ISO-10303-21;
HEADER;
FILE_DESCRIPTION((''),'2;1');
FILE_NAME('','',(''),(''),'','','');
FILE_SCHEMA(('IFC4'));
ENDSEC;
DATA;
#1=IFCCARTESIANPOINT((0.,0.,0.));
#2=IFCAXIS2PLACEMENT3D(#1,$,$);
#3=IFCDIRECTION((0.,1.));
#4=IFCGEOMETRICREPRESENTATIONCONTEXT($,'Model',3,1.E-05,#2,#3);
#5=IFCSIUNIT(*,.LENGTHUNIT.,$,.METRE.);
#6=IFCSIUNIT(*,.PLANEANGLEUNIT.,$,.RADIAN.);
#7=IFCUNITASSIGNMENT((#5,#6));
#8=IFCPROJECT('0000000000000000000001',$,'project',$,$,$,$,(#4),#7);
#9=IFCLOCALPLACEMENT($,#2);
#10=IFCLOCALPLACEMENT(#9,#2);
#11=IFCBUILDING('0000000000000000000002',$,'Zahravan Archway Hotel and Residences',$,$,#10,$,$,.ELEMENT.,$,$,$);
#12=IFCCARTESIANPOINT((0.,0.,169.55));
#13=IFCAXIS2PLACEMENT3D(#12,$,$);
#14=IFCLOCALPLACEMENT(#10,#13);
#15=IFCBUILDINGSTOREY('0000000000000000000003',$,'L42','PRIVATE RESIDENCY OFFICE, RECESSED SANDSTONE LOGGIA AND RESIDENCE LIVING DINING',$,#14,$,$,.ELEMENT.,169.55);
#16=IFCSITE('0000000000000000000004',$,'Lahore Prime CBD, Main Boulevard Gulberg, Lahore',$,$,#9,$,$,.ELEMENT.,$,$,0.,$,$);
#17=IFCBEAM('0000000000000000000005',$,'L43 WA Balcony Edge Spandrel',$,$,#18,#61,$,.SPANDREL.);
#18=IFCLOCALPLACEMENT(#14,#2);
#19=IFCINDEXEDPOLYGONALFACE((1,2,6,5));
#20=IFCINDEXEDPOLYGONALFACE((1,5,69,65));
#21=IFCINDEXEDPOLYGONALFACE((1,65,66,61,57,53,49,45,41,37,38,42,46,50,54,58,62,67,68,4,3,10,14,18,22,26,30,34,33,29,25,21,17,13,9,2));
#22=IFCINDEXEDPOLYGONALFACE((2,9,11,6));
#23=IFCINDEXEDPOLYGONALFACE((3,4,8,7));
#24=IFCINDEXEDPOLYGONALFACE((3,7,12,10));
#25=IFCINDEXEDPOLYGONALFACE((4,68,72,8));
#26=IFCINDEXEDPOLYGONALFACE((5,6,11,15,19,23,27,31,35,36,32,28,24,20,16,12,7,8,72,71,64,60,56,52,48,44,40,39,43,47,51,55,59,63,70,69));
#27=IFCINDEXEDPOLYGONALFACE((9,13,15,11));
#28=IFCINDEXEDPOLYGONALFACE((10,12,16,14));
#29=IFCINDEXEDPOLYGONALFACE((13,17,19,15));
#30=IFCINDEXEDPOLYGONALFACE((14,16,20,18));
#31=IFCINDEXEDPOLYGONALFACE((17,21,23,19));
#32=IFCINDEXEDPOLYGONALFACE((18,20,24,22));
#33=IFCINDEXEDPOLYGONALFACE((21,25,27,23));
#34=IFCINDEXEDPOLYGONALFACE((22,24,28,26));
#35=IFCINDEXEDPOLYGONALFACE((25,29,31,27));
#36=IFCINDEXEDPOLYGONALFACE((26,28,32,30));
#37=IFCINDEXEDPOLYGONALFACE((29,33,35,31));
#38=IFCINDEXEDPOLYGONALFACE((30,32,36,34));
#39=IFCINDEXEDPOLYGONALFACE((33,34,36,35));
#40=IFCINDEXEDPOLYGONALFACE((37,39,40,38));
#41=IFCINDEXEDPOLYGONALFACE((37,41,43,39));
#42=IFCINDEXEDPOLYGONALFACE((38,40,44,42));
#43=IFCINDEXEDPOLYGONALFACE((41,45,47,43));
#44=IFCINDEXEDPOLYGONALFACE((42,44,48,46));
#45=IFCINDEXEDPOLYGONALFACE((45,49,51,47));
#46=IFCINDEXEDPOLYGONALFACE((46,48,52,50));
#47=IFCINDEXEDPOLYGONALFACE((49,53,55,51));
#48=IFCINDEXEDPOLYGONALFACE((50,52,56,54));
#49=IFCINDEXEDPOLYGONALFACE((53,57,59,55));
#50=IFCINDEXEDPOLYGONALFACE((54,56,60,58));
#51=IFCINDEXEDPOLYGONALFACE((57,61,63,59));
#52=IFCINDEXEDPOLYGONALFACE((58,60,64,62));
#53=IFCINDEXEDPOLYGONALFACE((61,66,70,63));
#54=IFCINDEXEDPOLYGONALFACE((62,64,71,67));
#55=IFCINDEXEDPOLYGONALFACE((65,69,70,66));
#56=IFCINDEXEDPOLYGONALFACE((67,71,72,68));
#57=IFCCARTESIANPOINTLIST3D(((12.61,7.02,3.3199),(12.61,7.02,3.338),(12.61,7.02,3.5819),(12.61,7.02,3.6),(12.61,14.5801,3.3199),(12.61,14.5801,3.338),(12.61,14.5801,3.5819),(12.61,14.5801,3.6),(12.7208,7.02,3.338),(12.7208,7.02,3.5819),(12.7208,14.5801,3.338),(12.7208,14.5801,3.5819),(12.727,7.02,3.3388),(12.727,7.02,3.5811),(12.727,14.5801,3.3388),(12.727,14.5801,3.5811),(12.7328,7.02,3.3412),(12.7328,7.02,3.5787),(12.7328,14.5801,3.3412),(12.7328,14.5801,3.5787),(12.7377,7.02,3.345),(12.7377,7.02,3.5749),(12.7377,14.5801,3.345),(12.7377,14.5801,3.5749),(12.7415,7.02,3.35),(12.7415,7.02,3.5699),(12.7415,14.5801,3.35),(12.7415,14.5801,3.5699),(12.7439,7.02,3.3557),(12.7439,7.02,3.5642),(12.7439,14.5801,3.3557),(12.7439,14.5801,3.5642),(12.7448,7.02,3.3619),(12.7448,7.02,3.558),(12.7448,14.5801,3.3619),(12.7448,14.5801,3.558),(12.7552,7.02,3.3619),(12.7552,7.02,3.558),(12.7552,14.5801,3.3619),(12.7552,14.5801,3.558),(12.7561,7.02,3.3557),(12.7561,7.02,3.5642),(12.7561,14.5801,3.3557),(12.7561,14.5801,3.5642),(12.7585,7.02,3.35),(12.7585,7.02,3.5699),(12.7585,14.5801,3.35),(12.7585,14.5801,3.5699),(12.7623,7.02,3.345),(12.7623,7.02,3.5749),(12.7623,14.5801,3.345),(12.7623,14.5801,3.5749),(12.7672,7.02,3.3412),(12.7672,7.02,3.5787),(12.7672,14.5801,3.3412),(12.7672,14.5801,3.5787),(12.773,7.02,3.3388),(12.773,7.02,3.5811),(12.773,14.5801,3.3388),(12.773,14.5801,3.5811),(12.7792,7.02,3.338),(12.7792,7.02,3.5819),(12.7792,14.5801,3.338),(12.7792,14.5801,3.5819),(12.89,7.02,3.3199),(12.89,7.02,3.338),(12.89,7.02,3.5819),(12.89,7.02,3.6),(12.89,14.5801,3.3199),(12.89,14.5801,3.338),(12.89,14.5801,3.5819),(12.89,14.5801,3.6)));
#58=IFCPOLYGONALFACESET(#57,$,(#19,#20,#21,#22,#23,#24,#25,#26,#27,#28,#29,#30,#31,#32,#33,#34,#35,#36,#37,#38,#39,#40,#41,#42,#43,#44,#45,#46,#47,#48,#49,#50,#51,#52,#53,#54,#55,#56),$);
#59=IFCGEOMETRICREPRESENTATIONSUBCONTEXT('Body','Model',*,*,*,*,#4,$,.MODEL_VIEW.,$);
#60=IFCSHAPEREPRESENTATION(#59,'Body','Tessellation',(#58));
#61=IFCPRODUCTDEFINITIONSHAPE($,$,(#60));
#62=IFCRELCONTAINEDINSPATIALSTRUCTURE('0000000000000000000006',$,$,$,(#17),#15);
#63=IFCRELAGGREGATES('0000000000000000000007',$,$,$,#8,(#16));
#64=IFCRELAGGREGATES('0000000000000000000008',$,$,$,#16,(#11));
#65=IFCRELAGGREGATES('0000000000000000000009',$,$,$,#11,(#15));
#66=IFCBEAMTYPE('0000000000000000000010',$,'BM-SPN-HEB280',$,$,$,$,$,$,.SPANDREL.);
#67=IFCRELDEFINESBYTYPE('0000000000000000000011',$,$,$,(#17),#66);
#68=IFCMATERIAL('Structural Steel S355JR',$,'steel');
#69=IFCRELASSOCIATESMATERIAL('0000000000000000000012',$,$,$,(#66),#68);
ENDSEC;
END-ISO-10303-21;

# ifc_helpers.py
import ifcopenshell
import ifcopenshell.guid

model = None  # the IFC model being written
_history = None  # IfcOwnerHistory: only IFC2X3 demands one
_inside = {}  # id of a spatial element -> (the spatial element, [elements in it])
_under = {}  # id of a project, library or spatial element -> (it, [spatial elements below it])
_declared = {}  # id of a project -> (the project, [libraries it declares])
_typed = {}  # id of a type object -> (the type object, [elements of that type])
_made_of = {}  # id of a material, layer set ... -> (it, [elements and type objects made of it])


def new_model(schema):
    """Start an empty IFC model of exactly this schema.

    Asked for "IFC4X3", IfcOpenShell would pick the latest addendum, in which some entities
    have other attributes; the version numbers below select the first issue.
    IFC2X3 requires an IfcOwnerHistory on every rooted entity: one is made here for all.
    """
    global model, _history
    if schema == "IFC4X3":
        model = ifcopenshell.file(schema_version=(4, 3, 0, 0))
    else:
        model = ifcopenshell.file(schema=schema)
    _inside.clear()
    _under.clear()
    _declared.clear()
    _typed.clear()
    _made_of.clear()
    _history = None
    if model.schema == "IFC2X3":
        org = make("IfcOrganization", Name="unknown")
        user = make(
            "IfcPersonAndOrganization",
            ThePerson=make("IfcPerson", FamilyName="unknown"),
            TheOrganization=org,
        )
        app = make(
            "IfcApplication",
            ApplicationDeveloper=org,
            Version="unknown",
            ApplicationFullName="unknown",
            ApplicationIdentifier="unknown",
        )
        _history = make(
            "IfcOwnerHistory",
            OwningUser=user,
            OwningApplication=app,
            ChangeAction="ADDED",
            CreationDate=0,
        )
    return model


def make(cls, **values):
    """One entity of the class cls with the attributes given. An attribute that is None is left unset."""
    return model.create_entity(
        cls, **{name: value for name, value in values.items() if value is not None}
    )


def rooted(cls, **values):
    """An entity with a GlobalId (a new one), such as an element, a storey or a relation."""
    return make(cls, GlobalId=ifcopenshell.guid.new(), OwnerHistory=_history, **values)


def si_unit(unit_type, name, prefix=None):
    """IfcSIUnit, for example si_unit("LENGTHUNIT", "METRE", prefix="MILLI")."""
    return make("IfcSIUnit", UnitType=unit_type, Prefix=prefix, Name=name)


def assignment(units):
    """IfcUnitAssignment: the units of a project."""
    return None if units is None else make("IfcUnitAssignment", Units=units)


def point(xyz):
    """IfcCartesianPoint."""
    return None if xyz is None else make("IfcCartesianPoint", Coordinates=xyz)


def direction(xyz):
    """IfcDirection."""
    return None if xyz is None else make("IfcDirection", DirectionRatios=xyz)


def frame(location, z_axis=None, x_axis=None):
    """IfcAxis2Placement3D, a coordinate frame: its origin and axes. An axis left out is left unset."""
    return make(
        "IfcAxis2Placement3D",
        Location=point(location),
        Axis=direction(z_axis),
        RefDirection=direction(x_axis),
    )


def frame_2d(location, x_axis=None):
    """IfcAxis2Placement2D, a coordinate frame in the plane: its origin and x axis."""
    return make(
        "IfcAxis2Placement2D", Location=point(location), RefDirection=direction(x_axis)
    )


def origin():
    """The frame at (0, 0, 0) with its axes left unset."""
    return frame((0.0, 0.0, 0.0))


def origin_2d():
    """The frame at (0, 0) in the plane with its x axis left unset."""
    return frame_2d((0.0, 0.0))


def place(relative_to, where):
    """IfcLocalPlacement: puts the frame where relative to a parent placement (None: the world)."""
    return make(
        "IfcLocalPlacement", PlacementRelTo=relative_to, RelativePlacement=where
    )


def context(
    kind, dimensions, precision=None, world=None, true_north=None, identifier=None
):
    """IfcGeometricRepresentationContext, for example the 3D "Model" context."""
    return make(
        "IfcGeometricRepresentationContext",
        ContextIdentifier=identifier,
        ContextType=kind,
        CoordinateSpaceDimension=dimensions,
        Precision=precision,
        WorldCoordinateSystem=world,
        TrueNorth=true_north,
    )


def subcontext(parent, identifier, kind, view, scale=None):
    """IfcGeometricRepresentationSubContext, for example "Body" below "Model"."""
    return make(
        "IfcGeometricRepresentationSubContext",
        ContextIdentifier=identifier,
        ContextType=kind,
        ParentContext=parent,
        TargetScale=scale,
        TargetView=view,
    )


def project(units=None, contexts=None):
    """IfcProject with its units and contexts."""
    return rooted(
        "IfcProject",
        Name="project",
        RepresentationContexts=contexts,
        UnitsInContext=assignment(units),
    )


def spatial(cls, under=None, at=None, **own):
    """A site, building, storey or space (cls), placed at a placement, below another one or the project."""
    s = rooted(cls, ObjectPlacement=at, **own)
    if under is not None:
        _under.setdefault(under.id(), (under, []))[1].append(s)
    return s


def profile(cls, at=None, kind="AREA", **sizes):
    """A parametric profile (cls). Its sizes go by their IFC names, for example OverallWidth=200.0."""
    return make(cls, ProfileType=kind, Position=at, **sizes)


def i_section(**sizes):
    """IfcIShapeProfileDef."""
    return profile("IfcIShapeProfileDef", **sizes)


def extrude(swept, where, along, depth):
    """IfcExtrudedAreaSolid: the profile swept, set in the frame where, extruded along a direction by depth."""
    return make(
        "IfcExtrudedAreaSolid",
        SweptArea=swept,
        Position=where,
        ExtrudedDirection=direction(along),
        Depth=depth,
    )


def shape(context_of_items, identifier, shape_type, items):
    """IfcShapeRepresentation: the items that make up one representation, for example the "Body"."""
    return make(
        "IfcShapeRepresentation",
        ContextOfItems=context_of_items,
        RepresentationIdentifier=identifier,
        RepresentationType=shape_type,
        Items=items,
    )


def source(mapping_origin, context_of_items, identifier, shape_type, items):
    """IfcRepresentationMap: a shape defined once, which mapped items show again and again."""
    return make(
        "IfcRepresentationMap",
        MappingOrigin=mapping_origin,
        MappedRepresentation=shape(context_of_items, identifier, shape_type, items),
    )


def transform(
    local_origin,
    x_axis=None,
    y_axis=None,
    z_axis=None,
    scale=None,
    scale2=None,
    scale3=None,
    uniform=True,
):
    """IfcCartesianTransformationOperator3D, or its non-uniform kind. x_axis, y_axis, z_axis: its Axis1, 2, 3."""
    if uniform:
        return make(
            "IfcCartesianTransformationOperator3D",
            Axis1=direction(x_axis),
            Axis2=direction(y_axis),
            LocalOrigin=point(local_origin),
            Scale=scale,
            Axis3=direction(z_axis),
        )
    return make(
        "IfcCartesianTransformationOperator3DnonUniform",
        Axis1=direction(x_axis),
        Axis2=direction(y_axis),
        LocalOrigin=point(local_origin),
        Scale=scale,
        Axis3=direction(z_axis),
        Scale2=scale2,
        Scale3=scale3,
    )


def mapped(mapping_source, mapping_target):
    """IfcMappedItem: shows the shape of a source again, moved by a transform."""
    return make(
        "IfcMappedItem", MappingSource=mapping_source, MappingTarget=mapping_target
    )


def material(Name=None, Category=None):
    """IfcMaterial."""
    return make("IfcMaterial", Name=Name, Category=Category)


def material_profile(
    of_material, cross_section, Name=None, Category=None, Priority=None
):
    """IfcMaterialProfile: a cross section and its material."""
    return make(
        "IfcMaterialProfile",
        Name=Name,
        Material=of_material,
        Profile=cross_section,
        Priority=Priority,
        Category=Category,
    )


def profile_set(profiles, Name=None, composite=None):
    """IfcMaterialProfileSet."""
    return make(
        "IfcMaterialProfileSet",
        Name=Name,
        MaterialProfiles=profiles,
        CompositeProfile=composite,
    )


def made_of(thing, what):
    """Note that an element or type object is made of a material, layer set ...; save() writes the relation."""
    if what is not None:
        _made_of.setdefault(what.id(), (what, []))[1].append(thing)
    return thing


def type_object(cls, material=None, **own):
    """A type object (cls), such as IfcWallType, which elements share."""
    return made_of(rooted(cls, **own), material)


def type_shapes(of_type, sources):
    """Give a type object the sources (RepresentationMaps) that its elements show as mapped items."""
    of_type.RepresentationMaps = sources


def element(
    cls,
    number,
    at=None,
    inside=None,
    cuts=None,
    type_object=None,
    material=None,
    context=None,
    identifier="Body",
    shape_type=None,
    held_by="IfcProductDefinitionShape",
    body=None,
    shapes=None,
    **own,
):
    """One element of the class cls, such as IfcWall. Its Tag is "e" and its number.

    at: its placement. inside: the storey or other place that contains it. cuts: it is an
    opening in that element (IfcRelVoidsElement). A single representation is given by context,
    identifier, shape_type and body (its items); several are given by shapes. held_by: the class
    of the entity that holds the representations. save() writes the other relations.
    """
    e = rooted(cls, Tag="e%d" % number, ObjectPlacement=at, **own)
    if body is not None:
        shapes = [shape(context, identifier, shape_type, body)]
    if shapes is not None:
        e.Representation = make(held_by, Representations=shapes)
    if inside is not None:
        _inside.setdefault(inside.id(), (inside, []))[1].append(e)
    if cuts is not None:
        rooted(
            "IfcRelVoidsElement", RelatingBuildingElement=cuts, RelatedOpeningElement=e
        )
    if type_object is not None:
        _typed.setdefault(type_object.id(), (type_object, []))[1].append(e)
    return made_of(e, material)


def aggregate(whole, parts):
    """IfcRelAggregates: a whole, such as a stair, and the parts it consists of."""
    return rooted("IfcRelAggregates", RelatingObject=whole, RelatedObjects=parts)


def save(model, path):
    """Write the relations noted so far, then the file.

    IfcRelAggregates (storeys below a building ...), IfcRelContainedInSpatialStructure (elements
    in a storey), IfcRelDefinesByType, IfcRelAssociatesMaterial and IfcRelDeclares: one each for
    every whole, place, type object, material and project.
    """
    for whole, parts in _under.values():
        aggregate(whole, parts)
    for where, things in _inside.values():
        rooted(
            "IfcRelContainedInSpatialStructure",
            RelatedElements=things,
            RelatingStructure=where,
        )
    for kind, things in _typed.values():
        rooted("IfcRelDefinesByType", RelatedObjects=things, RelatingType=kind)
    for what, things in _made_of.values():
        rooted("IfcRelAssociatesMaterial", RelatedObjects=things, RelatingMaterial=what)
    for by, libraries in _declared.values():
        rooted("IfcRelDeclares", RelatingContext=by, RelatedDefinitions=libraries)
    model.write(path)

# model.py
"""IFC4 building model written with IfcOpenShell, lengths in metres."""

from ifc_helpers import new_model, si_unit, direction, frame, origin, origin_2d, place, context, subcontext, project, spatial, i_section, extrude, source, transform, mapped, material, material_profile, profile_set, type_object, type_shapes, element, save


model = new_model("IFC4")

# Units and contexts
model_context = context("Model", 3, precision=1e-05, world=origin(), true_north=direction((0.0, 1.0)))
body_context = subcontext(model_context, "Body", "Model", "MODEL_VIEW")
ifc_project = project(units=[si_unit("LENGTHUNIT", "METRE"), si_unit("PLANEANGLEUNIT", "RADIAN")], contexts=[model_context])

# Site, building, storey
site_placement = place(None, origin())
site = spatial("IfcSite", under=ifc_project, at=site_placement, Name="Lahore Prime CBD, Main Boulevard Gulberg, Lahore", CompositionType="ELEMENT", RefElevation=0.0)
building_placement = place(site_placement, origin())
building = spatial("IfcBuilding", under=site, at=building_placement, Name="Zahravan Archway Hotel and Residences", CompositionType="ELEMENT")
storey_placement = place(building_placement, frame((0.0, 0.0, 169.55)))
storey = spatial("IfcBuildingStorey", under=building, at=storey_placement, Name="L42", Description="PRIVATE RESIDENCY OFFICE, RECESSED SANDSTONE LOGGIA AND RESIDENCE LIVING DINING", CompositionType="ELEMENT", Elevation=169.55)

# Beam
ifc_material_1 = material(Name="Structural Steel S355JR", Category="steel")
ifc_material_profile = material_profile(ifc_material_1, i_section(OverallWidth=0.28, OverallDepth=0.28, WebThickness=0.0105, FlangeThickness=0.0181, FilletRadius=0.0239, at=origin_2d()), Name="HEB 280", Category="steel")
ifc_profile_set = profile_set([ifc_material_profile], Name="Structural Steel S355JR")
beam_type = type_object("IfcBeamType", Name="BM-SPN-HEB280", PredefinedType="SPANDREL", material=ifc_profile_set)
shared_shape_1 = source(origin(), body_context, "Body", "SweptSolid", [
    extrude(i_section(OverallWidth=0.28, OverallDepth=0.28, WebThickness=0.0105, FlangeThickness=0.0181, FilletRadius=0.0239, at=origin_2d()), origin(), (0.0, 0.0, 1.0), 7.5601),
])
type_shapes(beam_type, [shared_shape_1])
beam_placement = place(storey_placement, frame((12.75, 7.02, 3.46), z_axis=(0.0, 1.0, 0.0), x_axis=(-1.0, 0.0, 0.0)))
element("IfcBeam", 1, at=beam_placement, inside=storey, type_object=beam_type, Name="L43 WA Balcony Edge Spandrel", PredefinedType="SPANDREL", context=body_context, shape_type="MappedRepresentation", body=[
    mapped(shared_shape_1, transform((0.0, 0.0, 0.0), scale=1.0)),
])

save(model, "model.ifc")
